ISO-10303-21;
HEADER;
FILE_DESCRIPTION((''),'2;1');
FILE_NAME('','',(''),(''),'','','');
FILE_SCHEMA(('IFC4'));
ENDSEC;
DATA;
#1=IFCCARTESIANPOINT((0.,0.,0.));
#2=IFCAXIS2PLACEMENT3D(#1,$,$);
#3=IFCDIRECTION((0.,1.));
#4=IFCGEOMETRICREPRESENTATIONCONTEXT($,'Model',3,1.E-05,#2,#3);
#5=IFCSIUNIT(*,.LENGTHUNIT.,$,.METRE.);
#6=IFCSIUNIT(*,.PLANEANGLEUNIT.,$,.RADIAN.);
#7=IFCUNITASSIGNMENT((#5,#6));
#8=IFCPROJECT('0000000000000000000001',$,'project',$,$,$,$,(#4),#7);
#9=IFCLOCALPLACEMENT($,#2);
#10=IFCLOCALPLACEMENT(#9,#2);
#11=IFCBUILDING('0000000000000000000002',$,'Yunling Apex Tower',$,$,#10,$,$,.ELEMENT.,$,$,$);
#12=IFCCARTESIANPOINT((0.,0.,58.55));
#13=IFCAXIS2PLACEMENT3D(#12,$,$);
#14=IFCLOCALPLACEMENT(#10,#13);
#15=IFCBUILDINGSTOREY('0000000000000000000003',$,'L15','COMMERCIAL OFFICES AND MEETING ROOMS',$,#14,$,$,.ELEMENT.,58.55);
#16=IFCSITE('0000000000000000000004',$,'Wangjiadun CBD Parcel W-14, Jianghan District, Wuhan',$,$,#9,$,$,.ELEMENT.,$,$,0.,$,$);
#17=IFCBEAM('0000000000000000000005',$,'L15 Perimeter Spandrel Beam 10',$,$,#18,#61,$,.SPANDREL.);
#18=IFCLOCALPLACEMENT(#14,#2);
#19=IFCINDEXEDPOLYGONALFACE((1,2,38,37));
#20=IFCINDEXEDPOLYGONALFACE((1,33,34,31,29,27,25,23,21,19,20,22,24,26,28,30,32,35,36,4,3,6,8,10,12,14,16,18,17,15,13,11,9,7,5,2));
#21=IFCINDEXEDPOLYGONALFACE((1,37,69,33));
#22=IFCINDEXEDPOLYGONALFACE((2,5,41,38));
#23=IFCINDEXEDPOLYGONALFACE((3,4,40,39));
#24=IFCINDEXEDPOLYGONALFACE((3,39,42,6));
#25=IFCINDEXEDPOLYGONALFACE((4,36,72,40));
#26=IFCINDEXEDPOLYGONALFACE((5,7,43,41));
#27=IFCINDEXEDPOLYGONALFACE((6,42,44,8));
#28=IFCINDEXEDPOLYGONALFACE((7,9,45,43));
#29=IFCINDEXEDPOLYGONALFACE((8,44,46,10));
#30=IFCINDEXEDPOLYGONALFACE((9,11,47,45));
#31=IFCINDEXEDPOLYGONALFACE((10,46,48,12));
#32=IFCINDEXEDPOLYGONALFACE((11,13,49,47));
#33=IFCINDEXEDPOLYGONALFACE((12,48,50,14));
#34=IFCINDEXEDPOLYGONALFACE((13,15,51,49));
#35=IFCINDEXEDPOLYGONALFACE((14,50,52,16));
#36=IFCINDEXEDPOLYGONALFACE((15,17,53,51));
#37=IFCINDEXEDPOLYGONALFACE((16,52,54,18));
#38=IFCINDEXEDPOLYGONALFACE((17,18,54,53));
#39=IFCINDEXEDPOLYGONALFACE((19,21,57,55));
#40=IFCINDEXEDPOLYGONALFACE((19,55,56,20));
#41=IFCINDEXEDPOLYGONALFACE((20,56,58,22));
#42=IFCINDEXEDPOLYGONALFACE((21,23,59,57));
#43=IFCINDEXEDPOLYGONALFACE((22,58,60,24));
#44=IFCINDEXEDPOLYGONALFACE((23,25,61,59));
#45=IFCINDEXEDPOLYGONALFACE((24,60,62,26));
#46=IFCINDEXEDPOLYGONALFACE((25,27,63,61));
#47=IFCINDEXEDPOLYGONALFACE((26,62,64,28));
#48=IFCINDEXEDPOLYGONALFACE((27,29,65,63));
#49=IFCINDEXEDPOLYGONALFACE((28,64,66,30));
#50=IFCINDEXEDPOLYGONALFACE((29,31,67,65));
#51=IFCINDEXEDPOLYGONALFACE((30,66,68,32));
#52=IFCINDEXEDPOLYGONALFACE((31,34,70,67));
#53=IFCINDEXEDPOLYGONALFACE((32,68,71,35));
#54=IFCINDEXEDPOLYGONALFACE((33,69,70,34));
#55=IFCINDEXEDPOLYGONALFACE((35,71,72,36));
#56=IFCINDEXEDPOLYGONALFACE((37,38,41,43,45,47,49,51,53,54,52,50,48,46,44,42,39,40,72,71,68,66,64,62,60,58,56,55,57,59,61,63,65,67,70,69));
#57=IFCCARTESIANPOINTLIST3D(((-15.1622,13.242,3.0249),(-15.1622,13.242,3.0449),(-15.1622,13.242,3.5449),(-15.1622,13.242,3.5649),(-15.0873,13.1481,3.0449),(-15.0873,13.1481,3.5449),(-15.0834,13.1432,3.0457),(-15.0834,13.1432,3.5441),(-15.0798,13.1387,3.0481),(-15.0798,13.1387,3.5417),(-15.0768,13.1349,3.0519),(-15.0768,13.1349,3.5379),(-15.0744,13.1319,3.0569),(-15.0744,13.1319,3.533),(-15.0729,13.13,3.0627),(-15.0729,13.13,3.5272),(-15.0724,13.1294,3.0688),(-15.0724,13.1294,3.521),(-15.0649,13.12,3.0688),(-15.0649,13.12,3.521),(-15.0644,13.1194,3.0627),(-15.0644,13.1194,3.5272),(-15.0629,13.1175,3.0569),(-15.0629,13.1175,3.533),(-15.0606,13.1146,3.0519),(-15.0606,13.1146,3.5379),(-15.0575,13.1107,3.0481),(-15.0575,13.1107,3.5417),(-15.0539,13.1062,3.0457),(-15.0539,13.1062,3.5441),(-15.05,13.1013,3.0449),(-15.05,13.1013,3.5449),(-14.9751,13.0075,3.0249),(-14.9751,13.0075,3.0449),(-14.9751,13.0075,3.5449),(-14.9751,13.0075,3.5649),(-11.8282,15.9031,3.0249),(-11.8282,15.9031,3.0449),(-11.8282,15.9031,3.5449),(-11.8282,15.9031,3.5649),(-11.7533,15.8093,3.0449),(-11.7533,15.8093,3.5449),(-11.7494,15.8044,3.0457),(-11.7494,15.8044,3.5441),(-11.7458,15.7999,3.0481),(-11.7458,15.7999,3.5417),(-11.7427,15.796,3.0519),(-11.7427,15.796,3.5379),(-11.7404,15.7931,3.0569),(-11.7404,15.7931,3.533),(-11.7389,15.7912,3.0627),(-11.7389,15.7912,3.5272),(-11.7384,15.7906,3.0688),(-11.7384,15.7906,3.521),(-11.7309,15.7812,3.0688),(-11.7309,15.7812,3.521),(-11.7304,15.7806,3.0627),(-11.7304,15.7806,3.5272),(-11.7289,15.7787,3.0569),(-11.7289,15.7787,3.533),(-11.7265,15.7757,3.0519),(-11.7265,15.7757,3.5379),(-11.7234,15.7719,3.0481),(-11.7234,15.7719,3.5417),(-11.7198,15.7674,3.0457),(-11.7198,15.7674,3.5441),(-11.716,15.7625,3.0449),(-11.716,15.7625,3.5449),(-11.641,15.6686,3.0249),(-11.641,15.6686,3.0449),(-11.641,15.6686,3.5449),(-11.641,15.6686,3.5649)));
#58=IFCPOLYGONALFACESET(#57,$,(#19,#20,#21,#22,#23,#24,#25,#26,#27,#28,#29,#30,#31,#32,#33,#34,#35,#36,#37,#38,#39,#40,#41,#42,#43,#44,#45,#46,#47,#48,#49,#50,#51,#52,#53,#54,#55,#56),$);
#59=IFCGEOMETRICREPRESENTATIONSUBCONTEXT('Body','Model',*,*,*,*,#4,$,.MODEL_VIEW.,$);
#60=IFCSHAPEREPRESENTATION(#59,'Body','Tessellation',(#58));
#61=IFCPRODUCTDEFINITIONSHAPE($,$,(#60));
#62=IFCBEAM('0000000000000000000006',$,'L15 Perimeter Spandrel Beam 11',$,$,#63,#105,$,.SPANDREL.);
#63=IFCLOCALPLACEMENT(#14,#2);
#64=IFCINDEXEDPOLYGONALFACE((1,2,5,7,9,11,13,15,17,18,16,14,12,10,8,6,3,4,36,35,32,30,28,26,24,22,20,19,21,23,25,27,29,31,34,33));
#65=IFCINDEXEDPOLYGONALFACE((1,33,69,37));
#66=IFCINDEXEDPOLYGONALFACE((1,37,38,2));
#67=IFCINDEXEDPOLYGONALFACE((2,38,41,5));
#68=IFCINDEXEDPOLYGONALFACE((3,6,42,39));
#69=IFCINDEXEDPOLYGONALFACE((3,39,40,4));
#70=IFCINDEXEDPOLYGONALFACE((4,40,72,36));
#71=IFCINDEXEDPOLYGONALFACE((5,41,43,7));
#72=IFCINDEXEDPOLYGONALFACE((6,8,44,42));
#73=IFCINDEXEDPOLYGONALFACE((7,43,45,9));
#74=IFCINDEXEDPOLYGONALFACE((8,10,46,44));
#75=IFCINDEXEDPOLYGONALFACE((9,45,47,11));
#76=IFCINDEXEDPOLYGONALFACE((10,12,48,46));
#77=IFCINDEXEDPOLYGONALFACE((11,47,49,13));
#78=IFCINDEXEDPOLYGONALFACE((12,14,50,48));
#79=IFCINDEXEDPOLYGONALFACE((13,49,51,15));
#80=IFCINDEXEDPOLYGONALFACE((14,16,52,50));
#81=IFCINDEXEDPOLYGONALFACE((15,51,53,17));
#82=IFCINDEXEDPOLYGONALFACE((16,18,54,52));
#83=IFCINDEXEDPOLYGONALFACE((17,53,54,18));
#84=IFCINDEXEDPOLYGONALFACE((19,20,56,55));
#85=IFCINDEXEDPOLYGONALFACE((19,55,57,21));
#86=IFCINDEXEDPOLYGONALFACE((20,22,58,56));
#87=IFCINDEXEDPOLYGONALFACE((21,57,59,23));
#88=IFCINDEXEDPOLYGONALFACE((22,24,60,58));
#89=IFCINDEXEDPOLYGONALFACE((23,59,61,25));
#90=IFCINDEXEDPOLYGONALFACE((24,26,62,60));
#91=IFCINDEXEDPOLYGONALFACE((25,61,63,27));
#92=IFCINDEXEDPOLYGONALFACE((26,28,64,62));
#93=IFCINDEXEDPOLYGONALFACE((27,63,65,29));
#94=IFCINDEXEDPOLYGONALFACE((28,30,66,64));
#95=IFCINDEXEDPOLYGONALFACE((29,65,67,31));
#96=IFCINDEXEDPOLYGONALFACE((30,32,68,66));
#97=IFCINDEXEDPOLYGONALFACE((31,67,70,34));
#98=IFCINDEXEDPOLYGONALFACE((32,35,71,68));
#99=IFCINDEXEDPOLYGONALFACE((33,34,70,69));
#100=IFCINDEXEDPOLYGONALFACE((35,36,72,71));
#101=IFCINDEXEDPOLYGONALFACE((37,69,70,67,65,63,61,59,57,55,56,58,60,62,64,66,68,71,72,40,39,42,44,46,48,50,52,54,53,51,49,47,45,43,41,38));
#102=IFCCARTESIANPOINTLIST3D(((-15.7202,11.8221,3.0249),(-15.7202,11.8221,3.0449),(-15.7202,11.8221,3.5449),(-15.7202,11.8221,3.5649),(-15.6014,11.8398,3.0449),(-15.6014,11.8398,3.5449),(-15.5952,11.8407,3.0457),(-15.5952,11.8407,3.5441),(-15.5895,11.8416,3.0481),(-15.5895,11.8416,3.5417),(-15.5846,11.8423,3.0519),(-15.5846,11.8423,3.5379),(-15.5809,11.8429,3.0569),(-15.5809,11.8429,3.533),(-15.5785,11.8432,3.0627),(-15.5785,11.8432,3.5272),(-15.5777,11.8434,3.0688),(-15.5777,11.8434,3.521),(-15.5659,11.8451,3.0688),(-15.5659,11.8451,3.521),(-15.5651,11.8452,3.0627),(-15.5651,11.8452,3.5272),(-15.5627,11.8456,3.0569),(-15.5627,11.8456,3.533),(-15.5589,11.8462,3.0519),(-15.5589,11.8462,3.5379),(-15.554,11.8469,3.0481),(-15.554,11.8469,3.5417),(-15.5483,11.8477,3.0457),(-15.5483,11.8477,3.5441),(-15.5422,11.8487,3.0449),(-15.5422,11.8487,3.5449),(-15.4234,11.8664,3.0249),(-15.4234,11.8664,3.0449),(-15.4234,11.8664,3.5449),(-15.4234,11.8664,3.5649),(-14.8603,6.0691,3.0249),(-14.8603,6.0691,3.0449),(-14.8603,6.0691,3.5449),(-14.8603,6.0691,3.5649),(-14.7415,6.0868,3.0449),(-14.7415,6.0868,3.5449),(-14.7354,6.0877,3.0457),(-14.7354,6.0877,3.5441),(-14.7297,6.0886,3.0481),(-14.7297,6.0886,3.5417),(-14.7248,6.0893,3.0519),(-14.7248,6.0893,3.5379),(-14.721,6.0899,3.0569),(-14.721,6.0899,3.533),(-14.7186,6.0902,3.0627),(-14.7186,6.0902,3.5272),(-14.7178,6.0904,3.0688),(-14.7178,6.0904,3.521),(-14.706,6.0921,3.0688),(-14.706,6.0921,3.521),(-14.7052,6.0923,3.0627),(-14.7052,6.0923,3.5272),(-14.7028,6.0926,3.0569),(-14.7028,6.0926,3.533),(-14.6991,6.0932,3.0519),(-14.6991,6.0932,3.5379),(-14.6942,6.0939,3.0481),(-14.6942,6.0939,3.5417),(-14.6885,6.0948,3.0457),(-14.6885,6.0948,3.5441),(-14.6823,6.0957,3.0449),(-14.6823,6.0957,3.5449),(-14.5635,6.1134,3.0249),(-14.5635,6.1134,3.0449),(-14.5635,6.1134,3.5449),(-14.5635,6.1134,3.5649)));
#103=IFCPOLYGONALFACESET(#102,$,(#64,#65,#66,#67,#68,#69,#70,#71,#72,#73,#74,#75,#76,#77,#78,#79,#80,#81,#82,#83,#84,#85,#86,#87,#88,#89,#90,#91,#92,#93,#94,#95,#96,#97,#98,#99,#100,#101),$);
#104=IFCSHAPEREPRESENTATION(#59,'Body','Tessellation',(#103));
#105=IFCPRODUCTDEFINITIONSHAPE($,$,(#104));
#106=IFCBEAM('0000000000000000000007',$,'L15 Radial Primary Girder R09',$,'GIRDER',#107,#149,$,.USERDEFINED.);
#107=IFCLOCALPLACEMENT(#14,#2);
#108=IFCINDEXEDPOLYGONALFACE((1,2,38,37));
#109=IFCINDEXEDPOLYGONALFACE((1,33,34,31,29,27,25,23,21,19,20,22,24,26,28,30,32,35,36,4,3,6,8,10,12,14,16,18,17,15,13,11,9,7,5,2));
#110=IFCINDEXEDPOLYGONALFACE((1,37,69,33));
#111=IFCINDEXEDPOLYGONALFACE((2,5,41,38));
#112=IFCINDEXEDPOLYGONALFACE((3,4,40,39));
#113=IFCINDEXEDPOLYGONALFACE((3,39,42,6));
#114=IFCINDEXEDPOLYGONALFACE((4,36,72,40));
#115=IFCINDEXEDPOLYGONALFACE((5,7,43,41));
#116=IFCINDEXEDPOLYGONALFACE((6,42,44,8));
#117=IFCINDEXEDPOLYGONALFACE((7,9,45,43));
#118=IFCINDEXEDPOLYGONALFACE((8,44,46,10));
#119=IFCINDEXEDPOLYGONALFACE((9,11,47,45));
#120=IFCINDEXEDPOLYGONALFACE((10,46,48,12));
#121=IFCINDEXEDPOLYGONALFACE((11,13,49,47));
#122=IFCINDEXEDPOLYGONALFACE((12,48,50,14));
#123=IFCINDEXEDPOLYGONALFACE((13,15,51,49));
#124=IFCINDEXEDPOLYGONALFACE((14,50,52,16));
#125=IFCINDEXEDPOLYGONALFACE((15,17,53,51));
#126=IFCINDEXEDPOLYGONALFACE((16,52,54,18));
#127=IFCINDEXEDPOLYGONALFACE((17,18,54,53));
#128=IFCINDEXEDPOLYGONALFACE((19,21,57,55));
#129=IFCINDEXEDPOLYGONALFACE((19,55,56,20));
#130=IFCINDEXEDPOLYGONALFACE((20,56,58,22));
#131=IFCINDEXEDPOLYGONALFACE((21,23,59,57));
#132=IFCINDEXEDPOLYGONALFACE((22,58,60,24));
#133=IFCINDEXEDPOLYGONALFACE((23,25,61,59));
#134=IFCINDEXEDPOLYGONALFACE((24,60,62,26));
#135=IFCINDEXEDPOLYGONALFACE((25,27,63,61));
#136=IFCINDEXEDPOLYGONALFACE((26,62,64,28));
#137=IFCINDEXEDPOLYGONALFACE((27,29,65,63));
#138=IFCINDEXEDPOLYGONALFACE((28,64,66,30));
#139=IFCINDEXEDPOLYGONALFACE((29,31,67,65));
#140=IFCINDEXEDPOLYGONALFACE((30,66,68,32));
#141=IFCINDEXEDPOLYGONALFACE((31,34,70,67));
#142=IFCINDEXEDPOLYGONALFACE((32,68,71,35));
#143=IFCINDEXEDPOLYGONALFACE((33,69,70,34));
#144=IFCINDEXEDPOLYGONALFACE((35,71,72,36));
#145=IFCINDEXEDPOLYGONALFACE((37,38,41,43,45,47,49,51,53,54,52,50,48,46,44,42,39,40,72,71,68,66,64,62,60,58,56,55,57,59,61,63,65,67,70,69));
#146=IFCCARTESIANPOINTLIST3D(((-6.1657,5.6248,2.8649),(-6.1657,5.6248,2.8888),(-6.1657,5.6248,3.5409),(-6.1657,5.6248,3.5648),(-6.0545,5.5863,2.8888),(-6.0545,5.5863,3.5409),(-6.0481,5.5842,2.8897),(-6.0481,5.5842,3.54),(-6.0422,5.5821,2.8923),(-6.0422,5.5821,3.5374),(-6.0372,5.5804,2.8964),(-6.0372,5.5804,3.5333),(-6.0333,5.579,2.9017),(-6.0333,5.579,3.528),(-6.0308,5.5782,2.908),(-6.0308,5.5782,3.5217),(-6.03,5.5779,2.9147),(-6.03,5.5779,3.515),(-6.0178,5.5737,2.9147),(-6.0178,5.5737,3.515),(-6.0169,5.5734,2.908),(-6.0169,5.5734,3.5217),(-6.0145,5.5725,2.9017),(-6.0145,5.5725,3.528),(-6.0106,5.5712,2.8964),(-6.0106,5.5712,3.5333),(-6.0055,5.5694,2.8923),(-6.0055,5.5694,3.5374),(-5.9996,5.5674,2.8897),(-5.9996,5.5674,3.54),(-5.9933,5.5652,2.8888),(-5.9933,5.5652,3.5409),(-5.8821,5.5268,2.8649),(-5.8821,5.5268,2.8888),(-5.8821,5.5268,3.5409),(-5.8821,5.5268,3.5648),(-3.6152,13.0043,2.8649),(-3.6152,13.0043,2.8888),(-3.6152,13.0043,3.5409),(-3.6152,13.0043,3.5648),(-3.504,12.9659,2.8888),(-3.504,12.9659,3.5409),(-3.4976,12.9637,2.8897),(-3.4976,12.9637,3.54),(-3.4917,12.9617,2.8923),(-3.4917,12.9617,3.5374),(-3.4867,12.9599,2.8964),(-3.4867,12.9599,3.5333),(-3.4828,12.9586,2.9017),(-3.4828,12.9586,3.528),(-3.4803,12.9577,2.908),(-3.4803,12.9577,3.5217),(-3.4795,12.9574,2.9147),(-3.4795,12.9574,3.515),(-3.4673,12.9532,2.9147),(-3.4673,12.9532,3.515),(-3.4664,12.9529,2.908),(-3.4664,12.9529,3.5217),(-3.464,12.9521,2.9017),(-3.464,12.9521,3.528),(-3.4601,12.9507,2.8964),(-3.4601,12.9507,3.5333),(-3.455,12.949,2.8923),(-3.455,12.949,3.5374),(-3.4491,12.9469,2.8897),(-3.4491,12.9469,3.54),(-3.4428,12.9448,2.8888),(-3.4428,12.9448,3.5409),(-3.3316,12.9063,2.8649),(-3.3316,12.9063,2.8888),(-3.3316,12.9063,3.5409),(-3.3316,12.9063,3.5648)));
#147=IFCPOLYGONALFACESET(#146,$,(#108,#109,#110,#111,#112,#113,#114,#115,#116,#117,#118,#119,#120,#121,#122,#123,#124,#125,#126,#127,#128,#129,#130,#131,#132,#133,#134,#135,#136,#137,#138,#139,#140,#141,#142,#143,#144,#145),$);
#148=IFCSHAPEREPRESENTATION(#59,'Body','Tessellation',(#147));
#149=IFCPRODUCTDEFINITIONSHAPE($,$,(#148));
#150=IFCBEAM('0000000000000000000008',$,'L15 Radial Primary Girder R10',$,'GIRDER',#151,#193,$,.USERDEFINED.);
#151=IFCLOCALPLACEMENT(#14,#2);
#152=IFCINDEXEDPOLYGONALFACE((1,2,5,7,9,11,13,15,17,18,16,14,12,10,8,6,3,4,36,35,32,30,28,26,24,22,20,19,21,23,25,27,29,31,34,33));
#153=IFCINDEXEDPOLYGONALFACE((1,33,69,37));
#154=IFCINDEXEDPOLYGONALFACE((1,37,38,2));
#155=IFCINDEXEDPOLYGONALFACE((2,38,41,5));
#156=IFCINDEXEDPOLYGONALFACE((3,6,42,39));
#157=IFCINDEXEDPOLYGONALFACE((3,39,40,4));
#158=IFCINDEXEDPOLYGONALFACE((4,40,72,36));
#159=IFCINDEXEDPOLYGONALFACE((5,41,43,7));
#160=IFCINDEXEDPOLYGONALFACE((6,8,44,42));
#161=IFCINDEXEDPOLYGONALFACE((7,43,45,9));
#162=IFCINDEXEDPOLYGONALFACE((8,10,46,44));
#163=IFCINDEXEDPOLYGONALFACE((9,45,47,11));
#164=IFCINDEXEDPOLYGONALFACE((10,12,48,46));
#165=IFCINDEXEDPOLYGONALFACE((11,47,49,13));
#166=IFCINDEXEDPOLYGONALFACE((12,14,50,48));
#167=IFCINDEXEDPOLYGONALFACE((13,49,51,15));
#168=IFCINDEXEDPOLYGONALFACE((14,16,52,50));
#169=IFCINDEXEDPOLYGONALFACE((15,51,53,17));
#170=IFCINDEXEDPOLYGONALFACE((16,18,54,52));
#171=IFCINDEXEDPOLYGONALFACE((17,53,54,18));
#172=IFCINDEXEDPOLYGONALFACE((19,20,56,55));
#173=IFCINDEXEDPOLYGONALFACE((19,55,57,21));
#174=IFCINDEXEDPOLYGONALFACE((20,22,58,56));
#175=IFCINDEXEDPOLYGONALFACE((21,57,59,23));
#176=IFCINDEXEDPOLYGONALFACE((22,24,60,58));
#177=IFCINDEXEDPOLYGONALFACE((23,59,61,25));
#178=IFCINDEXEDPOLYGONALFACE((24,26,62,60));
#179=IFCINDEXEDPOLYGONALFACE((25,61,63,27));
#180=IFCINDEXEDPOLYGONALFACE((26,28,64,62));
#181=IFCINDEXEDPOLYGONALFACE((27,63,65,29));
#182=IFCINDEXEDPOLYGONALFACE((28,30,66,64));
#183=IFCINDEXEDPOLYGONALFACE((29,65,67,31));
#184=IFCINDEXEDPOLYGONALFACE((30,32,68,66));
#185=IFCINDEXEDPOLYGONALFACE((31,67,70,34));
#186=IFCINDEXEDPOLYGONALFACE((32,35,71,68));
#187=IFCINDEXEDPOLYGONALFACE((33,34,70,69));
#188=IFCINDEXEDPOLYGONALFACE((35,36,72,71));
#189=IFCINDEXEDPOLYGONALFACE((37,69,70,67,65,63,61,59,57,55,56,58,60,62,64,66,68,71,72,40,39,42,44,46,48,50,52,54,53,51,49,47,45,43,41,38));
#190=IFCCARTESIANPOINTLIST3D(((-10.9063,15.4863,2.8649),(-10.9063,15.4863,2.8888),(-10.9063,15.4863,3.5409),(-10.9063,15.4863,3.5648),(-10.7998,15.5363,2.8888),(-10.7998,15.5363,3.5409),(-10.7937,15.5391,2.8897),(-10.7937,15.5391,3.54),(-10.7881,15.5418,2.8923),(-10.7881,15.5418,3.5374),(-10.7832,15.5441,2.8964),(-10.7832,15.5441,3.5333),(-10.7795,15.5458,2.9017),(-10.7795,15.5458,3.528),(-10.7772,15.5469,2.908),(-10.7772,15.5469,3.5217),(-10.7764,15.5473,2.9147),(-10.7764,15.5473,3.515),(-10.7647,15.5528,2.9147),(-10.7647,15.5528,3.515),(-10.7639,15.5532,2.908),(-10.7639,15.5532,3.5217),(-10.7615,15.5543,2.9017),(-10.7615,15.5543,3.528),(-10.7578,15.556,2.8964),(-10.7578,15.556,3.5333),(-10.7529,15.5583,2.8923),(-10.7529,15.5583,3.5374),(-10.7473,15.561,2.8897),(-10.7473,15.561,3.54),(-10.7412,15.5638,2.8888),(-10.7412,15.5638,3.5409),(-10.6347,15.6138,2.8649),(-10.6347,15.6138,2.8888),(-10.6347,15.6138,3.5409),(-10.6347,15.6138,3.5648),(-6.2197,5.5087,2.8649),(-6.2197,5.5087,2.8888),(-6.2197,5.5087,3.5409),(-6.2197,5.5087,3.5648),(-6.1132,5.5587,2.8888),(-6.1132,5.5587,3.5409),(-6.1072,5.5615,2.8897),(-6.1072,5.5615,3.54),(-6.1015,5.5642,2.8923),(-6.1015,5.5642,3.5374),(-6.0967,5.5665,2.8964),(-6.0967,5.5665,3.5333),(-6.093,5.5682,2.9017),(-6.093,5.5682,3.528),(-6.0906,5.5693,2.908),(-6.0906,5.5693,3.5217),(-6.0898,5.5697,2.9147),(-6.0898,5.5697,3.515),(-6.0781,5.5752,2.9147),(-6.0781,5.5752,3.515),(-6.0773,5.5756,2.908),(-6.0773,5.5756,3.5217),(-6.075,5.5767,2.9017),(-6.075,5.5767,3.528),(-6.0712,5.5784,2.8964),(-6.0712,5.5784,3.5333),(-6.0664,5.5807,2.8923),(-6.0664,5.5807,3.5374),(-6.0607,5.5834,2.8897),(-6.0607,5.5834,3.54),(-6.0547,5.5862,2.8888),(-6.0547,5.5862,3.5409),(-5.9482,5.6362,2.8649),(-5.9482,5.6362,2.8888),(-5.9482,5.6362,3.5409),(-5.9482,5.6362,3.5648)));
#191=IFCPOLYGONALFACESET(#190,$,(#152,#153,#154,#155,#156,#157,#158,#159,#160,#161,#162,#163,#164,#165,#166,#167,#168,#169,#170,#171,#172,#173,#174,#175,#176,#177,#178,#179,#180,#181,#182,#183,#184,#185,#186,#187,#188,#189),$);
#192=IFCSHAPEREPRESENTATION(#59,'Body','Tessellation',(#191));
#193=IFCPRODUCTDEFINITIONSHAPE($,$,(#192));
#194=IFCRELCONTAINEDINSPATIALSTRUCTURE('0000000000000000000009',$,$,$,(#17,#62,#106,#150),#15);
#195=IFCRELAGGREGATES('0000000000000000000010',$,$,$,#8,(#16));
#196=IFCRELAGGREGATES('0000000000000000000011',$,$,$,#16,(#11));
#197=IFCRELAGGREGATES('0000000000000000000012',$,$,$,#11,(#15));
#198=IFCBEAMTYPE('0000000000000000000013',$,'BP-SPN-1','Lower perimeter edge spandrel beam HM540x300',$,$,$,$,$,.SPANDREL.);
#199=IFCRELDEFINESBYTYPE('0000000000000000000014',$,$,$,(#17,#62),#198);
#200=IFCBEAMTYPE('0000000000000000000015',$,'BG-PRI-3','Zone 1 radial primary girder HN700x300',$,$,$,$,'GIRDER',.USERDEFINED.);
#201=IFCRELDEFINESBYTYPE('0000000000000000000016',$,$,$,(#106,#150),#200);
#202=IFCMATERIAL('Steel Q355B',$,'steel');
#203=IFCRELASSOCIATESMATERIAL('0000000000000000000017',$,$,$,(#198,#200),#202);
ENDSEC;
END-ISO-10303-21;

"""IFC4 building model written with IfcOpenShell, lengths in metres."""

from ifc_helpers import new_model, si_unit, direction, frame, origin, origin_2d, place, context, subcontext, project, spatial, i_section, extrude, source, transform, mapped, material, material_profile, profile_set, type_object, element, save


model = new_model("IFC4")

# Units and contexts
model_context = context("Model", 3, precision=1e-05, world=origin(), true_north=direction((0.0, 1.0)))
body_context = subcontext(model_context, "Body", "Model", "MODEL_VIEW")
ifc_project = project(units=[si_unit("LENGTHUNIT", "METRE"), si_unit("PLANEANGLEUNIT", "RADIAN")], contexts=[model_context])

# Site, building, storey
site_placement = place(None, origin())
site = spatial("IfcSite", under=ifc_project, at=site_placement, Name="Wangjiadun CBD Parcel W-14, Jianghan District, Wuhan", CompositionType="ELEMENT", RefElevation=0.0)
building_placement = place(site_placement, origin())
building = spatial("IfcBuilding", under=site, at=building_placement, Name="Yunling Apex Tower", CompositionType="ELEMENT")
storey_placement = place(building_placement, frame((0.0, 0.0, 58.55)))
storey = spatial("IfcBuildingStorey", under=building, at=storey_placement, Name="L15", Description="COMMERCIAL OFFICES AND MEETING ROOMS", CompositionType="ELEMENT", Elevation=58.55)

# Beams
ifc_material_1 = material(Name="Steel Q355B", Category="steel")
ifc_material_profile_1 = material_profile(ifc_material_1, i_section(OverallWidth=0.3, OverallDepth=0.54, WebThickness=0.012, FlangeThickness=0.02, FilletRadius=0.0239, at=origin_2d()))
ifc_profile_set_1 = profile_set([ifc_material_profile_1], Name="Steel Q355B")
beam_type_1 = type_object("IfcBeamType", Name="BP-SPN-1", Description="Lower perimeter edge spandrel beam HM540x300", PredefinedType="SPANDREL", material=ifc_profile_set_1)
shared_shape_1 = source(origin(), body_context, "Body", "SweptSolid", [
    extrude(i_section(OverallWidth=0.3, OverallDepth=0.54, WebThickness=0.012, FlangeThickness=0.02, FilletRadius=0.0239, at=origin_2d()), origin(), (0.0, 0.0, 1.0), 4.2659),
])
beam_1_placement = place(storey_placement, frame((-11.7346, 15.7859, 3.2949), z_axis=(-0.781561, -0.623829, 0.0), x_axis=(0.623829, -0.781561, 0.0)))
element("IfcBeam", 1, at=beam_1_placement, inside=storey, type_object=beam_type_1, Name="L15 Perimeter Spandrel Beam 10", PredefinedType="SPANDREL", context=body_context, shape_type="MappedRepresentation", body=[
    mapped(shared_shape_1, transform((0.0, 0.0, 0.0), scale=1.0)),
])
shared_shape_2 = source(origin(), body_context, "Body", "SweptSolid", [
    extrude(i_section(OverallWidth=0.3, OverallDepth=0.54, WebThickness=0.012, FlangeThickness=0.02, FilletRadius=0.0239, at=origin_2d()), origin(), (0.0, 0.0, 1.0), 5.8169),
])
beam_2_placement = place(storey_placement, frame((-15.5718, 11.8442, 3.2949), z_axis=(0.147823, -0.989014, 0.0), x_axis=(0.989014, 0.147823, 0.0)))
element("IfcBeam", 2, at=beam_2_placement, inside=storey, type_object=beam_type_1, Name="L15 Perimeter Spandrel Beam 11", PredefinedType="SPANDREL", context=body_context, shape_type="MappedRepresentation", body=[
    mapped(shared_shape_2, transform((0.0, 0.0, 0.0), scale=1.0)),
])
ifc_material_profile_2 = material_profile(ifc_material_1, i_section(OverallWidth=0.3, OverallDepth=0.7, WebThickness=0.0129, FlangeThickness=0.0239, FilletRadius=0.0259, at=origin_2d()))
ifc_profile_set_2 = profile_set([ifc_material_profile_2], Name="Steel Q355B")
beam_type_2 = type_object("IfcBeamType", Name="BG-PRI-3", Description="Zone 1 radial primary girder HN700x300", ElementType="GIRDER", PredefinedType="USERDEFINED", material=ifc_profile_set_2)
shared_shape_3 = source(origin(), body_context, "Body", "SweptSolid", [
    extrude(i_section(OverallWidth=0.3, OverallDepth=0.7, WebThickness=0.0129, FlangeThickness=0.0239, FilletRadius=0.0259, at=origin_2d()), origin(), (0.0, 0.0, 1.0), 7.8079),
])
beam_3_placement = place(storey_placement, frame((-3.4734, 12.9553, 3.2148), z_axis=(-0.326658, -0.945142, 0.0), x_axis=(0.945142, -0.326658, 0.0)))
element("IfcBeam", 3, at=beam_3_placement, inside=storey, type_object=beam_type_2, Name="L15 Radial Primary Girder R09", ObjectType="GIRDER", PredefinedType="USERDEFINED", context=body_context, shape_type="MappedRepresentation", body=[
    mapped(shared_shape_3, transform((0.0, 0.0, 0.0), scale=1.0)),
])
shared_shape_4 = source(origin(), body_context, "Body", "SweptSolid", [
    extrude(i_section(OverallWidth=0.3, OverallDepth=0.7, WebThickness=0.0129, FlangeThickness=0.0239, FilletRadius=0.0259, at=origin_2d()), origin(), (0.0, 0.0, 1.0), 11.0234),
])
beam_4_placement = place(storey_placement, frame((-10.7705, 15.55, 3.2148), z_axis=(0.425144, -0.905126, 0.0), x_axis=(0.905126, 0.425144, 0.0)))
element("IfcBeam", 4, at=beam_4_placement, inside=storey, type_object=beam_type_2, Name="L15 Radial Primary Girder R10", ObjectType="GIRDER", PredefinedType="USERDEFINED", context=body_context, shape_type="MappedRepresentation", body=[
    mapped(shared_shape_4, transform((0.0, 0.0, 0.0), scale=1.0)),
])

save(model, "model.ifc")
